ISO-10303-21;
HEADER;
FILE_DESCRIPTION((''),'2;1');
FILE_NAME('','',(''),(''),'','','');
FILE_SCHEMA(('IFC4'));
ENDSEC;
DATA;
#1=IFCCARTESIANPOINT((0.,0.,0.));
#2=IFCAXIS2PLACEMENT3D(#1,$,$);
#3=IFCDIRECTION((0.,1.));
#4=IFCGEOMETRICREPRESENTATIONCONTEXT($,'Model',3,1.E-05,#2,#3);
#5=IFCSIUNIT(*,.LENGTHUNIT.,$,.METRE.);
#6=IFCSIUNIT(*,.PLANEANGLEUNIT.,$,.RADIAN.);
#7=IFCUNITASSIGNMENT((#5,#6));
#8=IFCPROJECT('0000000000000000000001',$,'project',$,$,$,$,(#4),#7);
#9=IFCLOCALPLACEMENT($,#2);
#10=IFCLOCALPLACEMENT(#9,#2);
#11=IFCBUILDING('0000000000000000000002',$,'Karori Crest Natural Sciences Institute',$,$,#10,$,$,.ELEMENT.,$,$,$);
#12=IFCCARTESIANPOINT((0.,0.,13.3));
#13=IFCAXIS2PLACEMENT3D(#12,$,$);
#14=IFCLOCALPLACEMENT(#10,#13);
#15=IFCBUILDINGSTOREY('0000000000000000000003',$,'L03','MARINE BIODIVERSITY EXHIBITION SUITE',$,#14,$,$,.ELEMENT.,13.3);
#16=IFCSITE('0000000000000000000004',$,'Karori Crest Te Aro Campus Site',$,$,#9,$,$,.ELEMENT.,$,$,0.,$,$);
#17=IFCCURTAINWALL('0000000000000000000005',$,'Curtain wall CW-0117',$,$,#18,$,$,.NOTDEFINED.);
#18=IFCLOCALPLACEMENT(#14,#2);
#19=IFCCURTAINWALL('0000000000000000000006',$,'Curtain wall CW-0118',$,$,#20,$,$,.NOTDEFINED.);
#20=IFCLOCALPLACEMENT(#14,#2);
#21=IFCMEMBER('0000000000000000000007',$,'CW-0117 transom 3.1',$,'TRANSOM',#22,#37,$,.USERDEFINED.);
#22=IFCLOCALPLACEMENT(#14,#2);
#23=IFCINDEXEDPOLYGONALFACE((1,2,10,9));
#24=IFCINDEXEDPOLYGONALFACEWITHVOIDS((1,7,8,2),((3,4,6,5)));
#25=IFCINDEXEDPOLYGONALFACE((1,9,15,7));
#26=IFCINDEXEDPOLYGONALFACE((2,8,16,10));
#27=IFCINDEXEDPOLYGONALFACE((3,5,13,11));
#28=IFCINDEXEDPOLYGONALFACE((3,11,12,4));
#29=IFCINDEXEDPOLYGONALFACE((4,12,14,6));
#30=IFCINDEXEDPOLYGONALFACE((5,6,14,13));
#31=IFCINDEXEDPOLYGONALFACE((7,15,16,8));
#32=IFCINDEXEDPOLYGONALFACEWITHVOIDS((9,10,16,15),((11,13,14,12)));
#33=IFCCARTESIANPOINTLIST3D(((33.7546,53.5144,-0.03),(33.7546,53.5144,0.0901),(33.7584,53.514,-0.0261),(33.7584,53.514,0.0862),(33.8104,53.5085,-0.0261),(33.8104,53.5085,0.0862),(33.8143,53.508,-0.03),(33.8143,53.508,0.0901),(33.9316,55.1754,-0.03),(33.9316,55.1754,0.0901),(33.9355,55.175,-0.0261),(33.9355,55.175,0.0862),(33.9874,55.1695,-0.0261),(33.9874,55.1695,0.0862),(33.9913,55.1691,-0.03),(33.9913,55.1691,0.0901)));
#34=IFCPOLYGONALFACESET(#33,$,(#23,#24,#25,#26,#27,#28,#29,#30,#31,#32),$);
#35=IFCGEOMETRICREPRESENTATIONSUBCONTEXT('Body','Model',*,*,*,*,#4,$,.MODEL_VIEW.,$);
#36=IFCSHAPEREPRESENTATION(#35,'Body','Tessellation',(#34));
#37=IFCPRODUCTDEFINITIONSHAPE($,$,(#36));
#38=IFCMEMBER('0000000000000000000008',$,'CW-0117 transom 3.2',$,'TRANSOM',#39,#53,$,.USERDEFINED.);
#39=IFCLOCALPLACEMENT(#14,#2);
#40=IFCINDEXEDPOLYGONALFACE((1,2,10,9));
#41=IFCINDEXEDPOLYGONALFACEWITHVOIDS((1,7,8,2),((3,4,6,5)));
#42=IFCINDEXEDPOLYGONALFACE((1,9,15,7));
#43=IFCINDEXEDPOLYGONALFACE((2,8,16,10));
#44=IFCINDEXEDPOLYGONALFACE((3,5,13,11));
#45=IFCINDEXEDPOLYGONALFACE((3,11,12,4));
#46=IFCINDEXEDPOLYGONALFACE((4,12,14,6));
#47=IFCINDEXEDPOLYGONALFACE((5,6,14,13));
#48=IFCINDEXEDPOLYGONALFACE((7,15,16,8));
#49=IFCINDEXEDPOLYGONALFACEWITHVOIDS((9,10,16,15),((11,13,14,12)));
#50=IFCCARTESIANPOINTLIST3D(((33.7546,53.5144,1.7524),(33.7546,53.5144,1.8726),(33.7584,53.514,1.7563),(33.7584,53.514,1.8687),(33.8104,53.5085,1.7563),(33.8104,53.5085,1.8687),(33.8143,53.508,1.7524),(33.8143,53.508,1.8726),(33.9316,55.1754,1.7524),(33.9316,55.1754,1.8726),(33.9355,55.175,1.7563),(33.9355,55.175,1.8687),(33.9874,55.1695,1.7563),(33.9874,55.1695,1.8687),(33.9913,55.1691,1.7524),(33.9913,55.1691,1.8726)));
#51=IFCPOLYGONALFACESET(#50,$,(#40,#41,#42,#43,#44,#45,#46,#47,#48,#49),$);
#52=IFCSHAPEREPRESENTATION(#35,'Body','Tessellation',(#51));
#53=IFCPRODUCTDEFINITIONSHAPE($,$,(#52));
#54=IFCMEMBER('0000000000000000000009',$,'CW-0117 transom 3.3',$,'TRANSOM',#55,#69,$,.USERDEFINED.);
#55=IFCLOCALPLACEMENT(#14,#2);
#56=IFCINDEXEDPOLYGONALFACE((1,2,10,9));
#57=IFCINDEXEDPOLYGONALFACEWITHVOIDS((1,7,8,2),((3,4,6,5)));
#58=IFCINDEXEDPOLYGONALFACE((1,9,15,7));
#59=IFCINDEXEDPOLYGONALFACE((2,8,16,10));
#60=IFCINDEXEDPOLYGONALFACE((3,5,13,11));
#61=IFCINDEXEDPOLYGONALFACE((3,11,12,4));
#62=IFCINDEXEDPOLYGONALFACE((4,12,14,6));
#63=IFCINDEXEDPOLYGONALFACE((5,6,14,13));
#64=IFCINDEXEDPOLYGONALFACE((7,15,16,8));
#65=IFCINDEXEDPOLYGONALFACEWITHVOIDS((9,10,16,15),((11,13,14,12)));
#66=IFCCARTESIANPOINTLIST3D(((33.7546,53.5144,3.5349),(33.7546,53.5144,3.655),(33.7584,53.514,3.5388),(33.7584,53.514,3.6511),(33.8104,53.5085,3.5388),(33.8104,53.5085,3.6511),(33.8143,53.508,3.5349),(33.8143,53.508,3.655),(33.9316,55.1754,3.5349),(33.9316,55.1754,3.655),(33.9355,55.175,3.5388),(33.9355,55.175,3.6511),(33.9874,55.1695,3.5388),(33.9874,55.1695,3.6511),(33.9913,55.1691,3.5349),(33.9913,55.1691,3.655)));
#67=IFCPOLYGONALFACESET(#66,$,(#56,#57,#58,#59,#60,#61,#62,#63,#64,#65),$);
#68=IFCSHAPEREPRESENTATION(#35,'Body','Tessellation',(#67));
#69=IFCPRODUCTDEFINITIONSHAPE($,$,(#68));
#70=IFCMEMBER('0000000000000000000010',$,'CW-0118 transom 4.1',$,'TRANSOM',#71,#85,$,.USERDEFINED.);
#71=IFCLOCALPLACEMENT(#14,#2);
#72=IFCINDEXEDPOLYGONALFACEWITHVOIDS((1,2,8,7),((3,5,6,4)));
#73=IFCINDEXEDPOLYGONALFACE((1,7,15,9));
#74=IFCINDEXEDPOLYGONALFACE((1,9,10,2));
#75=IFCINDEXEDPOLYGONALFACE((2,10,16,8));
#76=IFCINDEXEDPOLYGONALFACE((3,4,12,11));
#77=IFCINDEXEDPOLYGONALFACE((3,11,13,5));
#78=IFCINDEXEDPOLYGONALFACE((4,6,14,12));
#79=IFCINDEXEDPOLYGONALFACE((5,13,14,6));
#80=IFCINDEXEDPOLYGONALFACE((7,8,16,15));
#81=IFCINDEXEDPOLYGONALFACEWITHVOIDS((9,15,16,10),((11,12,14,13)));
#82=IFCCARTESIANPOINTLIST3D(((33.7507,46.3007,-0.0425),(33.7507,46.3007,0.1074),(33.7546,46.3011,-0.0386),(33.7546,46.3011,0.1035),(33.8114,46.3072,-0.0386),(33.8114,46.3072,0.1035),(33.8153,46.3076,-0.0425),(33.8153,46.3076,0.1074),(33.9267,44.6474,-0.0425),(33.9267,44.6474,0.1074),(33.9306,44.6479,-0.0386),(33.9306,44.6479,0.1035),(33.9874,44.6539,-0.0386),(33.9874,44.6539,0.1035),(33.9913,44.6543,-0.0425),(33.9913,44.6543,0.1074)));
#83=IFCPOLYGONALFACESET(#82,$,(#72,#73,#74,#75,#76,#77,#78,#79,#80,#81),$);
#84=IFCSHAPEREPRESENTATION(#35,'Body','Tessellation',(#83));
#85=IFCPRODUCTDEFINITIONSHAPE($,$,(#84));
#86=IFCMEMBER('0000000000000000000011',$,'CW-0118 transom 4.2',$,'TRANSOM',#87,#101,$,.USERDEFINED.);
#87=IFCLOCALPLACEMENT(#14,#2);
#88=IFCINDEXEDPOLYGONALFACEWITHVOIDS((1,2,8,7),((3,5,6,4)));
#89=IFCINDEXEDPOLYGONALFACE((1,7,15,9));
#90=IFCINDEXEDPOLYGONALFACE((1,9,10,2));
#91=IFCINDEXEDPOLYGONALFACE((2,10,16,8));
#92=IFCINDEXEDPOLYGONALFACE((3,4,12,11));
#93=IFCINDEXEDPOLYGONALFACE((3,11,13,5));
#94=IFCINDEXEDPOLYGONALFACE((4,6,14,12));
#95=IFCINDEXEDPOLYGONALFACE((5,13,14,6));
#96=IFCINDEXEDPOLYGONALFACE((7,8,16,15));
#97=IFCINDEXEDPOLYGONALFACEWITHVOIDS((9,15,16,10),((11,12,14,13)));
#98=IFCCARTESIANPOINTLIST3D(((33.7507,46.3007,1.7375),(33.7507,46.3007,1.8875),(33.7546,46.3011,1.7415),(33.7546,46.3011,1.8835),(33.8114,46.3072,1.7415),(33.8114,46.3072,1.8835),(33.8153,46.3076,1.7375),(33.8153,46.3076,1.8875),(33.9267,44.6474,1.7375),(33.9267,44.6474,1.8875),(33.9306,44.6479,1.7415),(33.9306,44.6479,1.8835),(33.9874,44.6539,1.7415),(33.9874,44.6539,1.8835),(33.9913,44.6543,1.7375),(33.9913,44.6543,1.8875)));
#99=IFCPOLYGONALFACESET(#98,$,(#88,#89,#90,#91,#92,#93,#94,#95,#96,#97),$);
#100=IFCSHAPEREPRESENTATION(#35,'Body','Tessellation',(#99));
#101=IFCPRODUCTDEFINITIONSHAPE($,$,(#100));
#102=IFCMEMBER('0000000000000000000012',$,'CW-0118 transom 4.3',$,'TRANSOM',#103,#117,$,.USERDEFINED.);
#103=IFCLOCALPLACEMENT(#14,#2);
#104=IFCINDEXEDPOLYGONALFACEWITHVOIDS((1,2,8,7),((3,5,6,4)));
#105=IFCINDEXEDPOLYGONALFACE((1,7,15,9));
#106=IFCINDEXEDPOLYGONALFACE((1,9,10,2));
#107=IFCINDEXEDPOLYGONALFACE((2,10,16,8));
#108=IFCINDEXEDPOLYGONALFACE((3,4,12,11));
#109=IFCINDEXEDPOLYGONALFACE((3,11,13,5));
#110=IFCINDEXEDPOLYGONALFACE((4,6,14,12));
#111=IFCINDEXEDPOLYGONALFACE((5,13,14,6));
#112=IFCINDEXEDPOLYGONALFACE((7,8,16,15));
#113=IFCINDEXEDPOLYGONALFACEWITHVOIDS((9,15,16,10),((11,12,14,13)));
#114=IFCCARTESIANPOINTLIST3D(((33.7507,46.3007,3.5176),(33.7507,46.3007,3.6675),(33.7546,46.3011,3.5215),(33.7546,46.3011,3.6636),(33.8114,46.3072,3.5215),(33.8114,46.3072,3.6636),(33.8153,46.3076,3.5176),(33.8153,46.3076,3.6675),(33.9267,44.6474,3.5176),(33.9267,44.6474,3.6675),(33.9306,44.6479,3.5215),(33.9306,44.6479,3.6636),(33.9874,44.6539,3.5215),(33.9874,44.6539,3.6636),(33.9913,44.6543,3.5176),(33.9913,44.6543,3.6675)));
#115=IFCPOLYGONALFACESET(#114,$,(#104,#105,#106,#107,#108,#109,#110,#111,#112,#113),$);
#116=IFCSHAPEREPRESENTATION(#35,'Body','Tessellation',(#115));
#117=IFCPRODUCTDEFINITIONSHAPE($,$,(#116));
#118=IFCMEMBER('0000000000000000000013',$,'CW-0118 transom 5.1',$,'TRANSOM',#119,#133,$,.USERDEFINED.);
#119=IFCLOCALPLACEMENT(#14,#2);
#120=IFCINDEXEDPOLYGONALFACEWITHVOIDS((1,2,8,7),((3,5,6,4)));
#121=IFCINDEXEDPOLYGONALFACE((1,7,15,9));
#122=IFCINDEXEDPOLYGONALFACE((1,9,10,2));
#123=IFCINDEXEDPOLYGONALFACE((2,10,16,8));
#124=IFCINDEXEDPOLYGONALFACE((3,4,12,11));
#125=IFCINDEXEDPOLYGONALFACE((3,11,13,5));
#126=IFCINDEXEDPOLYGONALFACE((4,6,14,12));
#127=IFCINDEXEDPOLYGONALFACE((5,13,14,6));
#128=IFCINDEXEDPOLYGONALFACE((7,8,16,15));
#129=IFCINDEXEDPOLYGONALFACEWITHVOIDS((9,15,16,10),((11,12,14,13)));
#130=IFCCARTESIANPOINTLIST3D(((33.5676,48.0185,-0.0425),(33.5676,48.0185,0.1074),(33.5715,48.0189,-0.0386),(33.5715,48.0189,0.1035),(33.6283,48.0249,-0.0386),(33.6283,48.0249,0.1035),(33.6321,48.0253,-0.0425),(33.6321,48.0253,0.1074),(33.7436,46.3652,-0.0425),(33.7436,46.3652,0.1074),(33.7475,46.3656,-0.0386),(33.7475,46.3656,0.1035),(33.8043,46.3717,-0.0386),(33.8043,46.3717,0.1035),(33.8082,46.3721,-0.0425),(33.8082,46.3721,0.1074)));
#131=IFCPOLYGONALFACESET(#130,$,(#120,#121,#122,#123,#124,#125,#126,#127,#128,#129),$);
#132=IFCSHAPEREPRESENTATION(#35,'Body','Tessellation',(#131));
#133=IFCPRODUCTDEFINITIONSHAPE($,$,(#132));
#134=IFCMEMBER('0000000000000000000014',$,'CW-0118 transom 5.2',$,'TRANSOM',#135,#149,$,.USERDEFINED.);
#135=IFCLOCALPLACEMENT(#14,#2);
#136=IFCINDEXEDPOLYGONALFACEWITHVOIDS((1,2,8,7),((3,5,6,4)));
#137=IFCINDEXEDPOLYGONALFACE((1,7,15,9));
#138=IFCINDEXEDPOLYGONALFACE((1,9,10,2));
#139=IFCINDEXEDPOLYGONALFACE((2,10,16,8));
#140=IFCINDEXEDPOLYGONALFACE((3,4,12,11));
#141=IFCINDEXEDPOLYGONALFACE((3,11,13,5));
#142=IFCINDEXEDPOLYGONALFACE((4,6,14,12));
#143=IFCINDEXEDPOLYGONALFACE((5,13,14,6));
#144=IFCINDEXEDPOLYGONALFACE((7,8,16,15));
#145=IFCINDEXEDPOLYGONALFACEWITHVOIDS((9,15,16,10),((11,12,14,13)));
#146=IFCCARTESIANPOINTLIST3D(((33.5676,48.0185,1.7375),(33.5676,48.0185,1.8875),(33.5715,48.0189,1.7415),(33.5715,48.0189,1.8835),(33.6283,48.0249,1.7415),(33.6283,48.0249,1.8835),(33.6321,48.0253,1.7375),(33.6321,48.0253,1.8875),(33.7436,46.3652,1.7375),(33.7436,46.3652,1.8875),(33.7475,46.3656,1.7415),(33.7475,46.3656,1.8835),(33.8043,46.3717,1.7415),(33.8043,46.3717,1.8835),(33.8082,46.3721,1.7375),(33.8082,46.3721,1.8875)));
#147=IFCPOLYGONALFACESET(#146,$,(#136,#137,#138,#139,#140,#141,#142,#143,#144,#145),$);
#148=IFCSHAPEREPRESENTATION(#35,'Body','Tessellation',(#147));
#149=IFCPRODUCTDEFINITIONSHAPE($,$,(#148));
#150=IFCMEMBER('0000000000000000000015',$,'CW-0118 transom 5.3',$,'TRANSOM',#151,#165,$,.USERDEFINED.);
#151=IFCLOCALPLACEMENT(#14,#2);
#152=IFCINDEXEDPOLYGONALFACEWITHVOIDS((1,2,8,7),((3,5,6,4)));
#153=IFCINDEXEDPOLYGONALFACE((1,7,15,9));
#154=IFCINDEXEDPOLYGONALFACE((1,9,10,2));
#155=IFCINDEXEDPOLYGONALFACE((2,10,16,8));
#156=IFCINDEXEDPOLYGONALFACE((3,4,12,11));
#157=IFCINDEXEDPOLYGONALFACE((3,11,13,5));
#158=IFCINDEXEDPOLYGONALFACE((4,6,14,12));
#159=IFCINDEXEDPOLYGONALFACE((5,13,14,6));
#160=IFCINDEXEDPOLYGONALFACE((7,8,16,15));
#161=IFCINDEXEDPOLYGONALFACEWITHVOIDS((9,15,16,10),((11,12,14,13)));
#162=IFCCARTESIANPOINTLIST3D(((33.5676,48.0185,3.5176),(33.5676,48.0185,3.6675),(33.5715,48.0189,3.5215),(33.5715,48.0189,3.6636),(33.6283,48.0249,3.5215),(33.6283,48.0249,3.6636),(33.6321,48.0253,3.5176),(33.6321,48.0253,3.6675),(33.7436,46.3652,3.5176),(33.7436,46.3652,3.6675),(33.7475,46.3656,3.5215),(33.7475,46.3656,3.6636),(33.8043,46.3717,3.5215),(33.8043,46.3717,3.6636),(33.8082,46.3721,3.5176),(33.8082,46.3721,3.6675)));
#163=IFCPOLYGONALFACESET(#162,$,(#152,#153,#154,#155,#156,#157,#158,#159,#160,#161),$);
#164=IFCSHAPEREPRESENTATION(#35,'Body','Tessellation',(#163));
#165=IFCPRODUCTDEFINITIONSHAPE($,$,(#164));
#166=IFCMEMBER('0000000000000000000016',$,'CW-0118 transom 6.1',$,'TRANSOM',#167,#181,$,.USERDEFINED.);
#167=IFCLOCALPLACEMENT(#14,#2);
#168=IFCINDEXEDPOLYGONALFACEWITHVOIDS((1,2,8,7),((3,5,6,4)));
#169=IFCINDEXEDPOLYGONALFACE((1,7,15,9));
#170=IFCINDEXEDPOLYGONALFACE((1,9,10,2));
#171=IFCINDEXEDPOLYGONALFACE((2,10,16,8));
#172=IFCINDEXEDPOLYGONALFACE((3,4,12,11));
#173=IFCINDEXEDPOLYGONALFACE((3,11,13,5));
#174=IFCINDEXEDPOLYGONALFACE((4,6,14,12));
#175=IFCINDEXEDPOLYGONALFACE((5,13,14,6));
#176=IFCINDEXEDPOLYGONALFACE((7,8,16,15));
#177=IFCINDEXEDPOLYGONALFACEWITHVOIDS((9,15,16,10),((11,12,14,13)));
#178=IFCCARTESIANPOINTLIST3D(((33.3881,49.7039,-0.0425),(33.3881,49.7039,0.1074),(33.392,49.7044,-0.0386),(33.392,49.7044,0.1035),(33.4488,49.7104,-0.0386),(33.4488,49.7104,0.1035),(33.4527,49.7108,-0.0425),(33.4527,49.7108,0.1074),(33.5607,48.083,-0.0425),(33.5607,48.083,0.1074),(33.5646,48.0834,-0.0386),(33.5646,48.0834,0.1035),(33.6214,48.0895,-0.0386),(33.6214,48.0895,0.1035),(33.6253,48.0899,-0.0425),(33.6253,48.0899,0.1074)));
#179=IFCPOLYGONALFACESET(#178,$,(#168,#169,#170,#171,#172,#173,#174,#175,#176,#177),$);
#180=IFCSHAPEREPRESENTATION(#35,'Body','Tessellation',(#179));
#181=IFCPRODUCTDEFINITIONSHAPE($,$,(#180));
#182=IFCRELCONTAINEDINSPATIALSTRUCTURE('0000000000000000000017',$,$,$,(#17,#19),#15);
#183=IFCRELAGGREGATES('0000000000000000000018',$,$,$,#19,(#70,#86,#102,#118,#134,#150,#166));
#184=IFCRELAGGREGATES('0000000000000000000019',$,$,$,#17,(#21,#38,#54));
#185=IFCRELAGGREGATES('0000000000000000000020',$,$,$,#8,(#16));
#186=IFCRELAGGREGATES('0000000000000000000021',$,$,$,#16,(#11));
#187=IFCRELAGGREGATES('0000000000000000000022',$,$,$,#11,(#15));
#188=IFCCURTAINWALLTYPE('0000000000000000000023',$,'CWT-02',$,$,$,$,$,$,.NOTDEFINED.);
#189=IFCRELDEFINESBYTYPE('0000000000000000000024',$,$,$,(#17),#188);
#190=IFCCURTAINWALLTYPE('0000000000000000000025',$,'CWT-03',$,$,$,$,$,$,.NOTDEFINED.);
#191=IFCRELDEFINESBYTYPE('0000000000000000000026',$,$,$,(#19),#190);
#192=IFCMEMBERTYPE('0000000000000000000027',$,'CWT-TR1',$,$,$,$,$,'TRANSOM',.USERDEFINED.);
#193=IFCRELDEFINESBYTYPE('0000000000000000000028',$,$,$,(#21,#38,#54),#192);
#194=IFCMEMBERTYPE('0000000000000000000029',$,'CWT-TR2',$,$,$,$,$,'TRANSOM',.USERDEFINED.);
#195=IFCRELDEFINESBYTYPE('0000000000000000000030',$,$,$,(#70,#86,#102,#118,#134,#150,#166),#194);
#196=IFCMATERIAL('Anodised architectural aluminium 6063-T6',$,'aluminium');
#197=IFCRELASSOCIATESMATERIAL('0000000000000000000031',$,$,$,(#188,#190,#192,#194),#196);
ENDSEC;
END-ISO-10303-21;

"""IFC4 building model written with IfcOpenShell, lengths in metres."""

from ifc_helpers import new_model, si_unit, direction, frame, origin, origin_2d, place, context, subcontext, project, spatial, hollow_rectangle, extrude, material, material_profile, profile_set, type_object, element, aggregate, save


model = new_model("IFC4")

# Units and contexts
model_context = context("Model", 3, precision=1e-05, world=origin(), true_north=direction((0.0, 1.0)))
body_context = subcontext(model_context, "Body", "Model", "MODEL_VIEW")
ifc_project = project(units=[si_unit("LENGTHUNIT", "METRE"), si_unit("PLANEANGLEUNIT", "RADIAN")], contexts=[model_context])

# Site, building, storey
site_placement = place(None, origin())
site = spatial("IfcSite", under=ifc_project, at=site_placement, Name="Karori Crest Te Aro Campus Site", CompositionType="ELEMENT", RefElevation=0.0)
building_placement = place(site_placement, origin())
building = spatial("IfcBuilding", under=site, at=building_placement, Name="Karori Crest Natural Sciences Institute", CompositionType="ELEMENT")
storey_placement = place(building_placement, frame((0.0, 0.0, 13.3)))
storey = spatial("IfcBuildingStorey", under=building, at=storey_placement, Name="L03", Description="MARINE BIODIVERSITY EXHIBITION SUITE", CompositionType="ELEMENT", Elevation=13.3)

# Curtain walls
ifc_material_1 = material(Name="Anodised architectural aluminium 6063-T6", Category="aluminium")
curtain_wall_type_1 = type_object("IfcCurtainWallType", Name="CWT-02", PredefinedType="NOTDEFINED", material=ifc_material_1)
curtain_wall_1_placement = place(storey_placement, origin())
curtain_wall_1 = element("IfcCurtainWall", 1, at=curtain_wall_1_placement, inside=storey, type_object=curtain_wall_type_1, Name="Curtain wall CW-0117", PredefinedType="NOTDEFINED")
curtain_wall_type_2 = type_object("IfcCurtainWallType", Name="CWT-03", PredefinedType="NOTDEFINED", material=ifc_material_1)
curtain_wall_2_placement = place(storey_placement, origin())
curtain_wall_2 = element("IfcCurtainWall", 2, at=curtain_wall_2_placement, inside=storey, type_object=curtain_wall_type_2, Name="Curtain wall CW-0118", PredefinedType="NOTDEFINED")

# Members
ifc_material_profile_1 = material_profile(ifc_material_1, hollow_rectangle(XDim=0.0601, YDim=0.1201, WallThickness=0.0039, at=origin_2d()), Name="CWT120x60x4")
ifc_profile_set_1 = profile_set([ifc_material_profile_1], Name="Anodised architectural aluminium 6063-T6")
member_type_1 = type_object("IfcMemberType", Name="CWT-TR1", ElementType="TRANSOM", PredefinedType="USERDEFINED", material=ifc_profile_set_1)
member_1_placement = place(storey_placement, frame((33.7844, 53.5112, 0.03), z_axis=(0.105971, 0.994369, 0.0), x_axis=(-0.994369, 0.105971, 0.0)))
member_1 = element("IfcMember", 3, at=member_1_placement, type_object=member_type_1, Name="CW-0117 transom 3.1", ObjectType="TRANSOM", PredefinedType="USERDEFINED", context=body_context, shape_type="SweptSolid", body=[
    extrude(hollow_rectangle(XDim=0.0601, YDim=0.1201, WallThickness=0.0039, at=origin_2d()), origin(), (0.0, 0.0, 1.0), 1.6704),
])
member_2_placement = place(storey_placement, frame((33.7844, 53.5112, 1.8125), z_axis=(0.105971, 0.994369, 0.0), x_axis=(-0.994369, 0.105971, 0.0)))
member_2 = element("IfcMember", 4, at=member_2_placement, type_object=member_type_1, Name="CW-0117 transom 3.2", ObjectType="TRANSOM", PredefinedType="USERDEFINED", context=body_context, shape_type="SweptSolid", body=[
    extrude(hollow_rectangle(XDim=0.0601, YDim=0.1201, WallThickness=0.0039, at=origin_2d()), origin(), (0.0, 0.0, 1.0), 1.6704),
])
member_3_placement = place(storey_placement, frame((33.7844, 53.5112, 3.595), z_axis=(0.105971, 0.994369, 0.0), x_axis=(-0.994369, 0.105971, 0.0)))
member_3 = element("IfcMember", 5, at=member_3_placement, type_object=member_type_1, Name="CW-0117 transom 3.3", ObjectType="TRANSOM", PredefinedType="USERDEFINED", context=body_context, shape_type="SweptSolid", body=[
    extrude(hollow_rectangle(XDim=0.0601, YDim=0.1201, WallThickness=0.0039, at=origin_2d()), origin(), (0.0, 0.0, 1.0), 1.6704),
])
ifc_material_profile_2 = material_profile(ifc_material_1, hollow_rectangle(XDim=0.0649, YDim=0.1499, WallThickness=0.0039, at=origin_2d()), Name="CWT150x65x4")
ifc_profile_set_2 = profile_set([ifc_material_profile_2], Name="Anodised architectural aluminium 6063-T6")
member_type_2 = type_object("IfcMemberType", Name="CWT-TR2", ElementType="TRANSOM", PredefinedType="USERDEFINED", material=ifc_profile_set_2)
member_4_placement = place(storey_placement, frame((33.959, 44.6509, 0.0325), z_axis=(-0.105869, 0.99438, 0.0), x_axis=(-0.99438, -0.105869, 0.0)))
member_4 = element("IfcMember", 6, at=member_4_placement, type_object=member_type_2, Name="CW-0118 transom 4.1", ObjectType="TRANSOM", PredefinedType="USERDEFINED", context=body_context, shape_type="SweptSolid", body=[
    extrude(hollow_rectangle(XDim=0.0649, YDim=0.1499, WallThickness=0.0039, at=origin_2d()), origin(), (0.0, 0.0, 1.0), 1.6626),
])
member_5_placement = place(storey_placement, frame((33.959, 44.6509, 1.8125), z_axis=(-0.105869, 0.99438, 0.0), x_axis=(-0.99438, -0.105869, 0.0)))
member_5 = element("IfcMember", 7, at=member_5_placement, type_object=member_type_2, Name="CW-0118 transom 4.2", ObjectType="TRANSOM", PredefinedType="USERDEFINED", context=body_context, shape_type="SweptSolid", body=[
    extrude(hollow_rectangle(XDim=0.0649, YDim=0.1499, WallThickness=0.0039, at=origin_2d()), origin(), (0.0, 0.0, 1.0), 1.6626),
])
member_6_placement = place(storey_placement, frame((33.959, 44.6509, 3.5925), z_axis=(-0.105869, 0.99438, 0.0), x_axis=(-0.99438, -0.105869, 0.0)))
member_6 = element("IfcMember", 8, at=member_6_placement, type_object=member_type_2, Name="CW-0118 transom 4.3", ObjectType="TRANSOM", PredefinedType="USERDEFINED", context=body_context, shape_type="SweptSolid", body=[
    extrude(hollow_rectangle(XDim=0.0649, YDim=0.1499, WallThickness=0.0039, at=origin_2d()), origin(), (0.0, 0.0, 1.0), 1.6626),
])
member_7_placement = place(storey_placement, frame((33.7759, 46.3687, 0.0325), z_axis=(-0.105869, 0.99438, 0.0), x_axis=(-0.99438, -0.105869, 0.0)))
member_7 = element("IfcMember", 9, at=member_7_placement, type_object=member_type_2, Name="CW-0118 transom 5.1", ObjectType="TRANSOM", PredefinedType="USERDEFINED", context=body_context, shape_type="SweptSolid", body=[
    extrude(hollow_rectangle(XDim=0.0649, YDim=0.1499, WallThickness=0.0039, at=origin_2d()), origin(), (0.0, 0.0, 1.0), 1.6626),
])
member_8_placement = place(storey_placement, frame((33.7759, 46.3687, 1.8125), z_axis=(-0.105869, 0.99438, 0.0), x_axis=(-0.99438, -0.105869, 0.0)))
member_8 = element("IfcMember", 10, at=member_8_placement, type_object=member_type_2, Name="CW-0118 transom 5.2", ObjectType="TRANSOM", PredefinedType="USERDEFINED", context=body_context, shape_type="SweptSolid", body=[
    extrude(hollow_rectangle(XDim=0.0649, YDim=0.1499, WallThickness=0.0039, at=origin_2d()), origin(), (0.0, 0.0, 1.0), 1.6626),
])
member_9_placement = place(storey_placement, frame((33.7759, 46.3687, 3.5925), z_axis=(-0.105869, 0.99438, 0.0), x_axis=(-0.99438, -0.105869, 0.0)))
member_9 = element("IfcMember", 11, at=member_9_placement, type_object=member_type_2, Name="CW-0118 transom 5.3", ObjectType="TRANSOM", PredefinedType="USERDEFINED", context=body_context, shape_type="SweptSolid", body=[
    extrude(hollow_rectangle(XDim=0.0649, YDim=0.1499, WallThickness=0.0039, at=origin_2d()), origin(), (0.0, 0.0, 1.0), 1.6626),
])
member_10_placement = place(storey_placement, frame((33.593, 48.0864, 0.0325), z_axis=(-0.105893, 0.994378, 0.0), x_axis=(-0.994378, -0.105893, 0.0)))
member_10 = element("IfcMember", 12, at=member_10_placement, type_object=member_type_2, Name="CW-0118 transom 6.1", ObjectType="TRANSOM", PredefinedType="USERDEFINED", context=body_context, shape_type="SweptSolid", body=[
    extrude(hollow_rectangle(XDim=0.0649, YDim=0.1499, WallThickness=0.0039, at=origin_2d()), origin(), (0.0, 0.0, 1.0), 1.6301),
])

aggregate(curtain_wall_2, [member_4, member_5, member_6, member_7, member_8, member_9, member_10])
aggregate(curtain_wall_1, [member_1, member_2, member_3])

save(model, "model.ifc")
